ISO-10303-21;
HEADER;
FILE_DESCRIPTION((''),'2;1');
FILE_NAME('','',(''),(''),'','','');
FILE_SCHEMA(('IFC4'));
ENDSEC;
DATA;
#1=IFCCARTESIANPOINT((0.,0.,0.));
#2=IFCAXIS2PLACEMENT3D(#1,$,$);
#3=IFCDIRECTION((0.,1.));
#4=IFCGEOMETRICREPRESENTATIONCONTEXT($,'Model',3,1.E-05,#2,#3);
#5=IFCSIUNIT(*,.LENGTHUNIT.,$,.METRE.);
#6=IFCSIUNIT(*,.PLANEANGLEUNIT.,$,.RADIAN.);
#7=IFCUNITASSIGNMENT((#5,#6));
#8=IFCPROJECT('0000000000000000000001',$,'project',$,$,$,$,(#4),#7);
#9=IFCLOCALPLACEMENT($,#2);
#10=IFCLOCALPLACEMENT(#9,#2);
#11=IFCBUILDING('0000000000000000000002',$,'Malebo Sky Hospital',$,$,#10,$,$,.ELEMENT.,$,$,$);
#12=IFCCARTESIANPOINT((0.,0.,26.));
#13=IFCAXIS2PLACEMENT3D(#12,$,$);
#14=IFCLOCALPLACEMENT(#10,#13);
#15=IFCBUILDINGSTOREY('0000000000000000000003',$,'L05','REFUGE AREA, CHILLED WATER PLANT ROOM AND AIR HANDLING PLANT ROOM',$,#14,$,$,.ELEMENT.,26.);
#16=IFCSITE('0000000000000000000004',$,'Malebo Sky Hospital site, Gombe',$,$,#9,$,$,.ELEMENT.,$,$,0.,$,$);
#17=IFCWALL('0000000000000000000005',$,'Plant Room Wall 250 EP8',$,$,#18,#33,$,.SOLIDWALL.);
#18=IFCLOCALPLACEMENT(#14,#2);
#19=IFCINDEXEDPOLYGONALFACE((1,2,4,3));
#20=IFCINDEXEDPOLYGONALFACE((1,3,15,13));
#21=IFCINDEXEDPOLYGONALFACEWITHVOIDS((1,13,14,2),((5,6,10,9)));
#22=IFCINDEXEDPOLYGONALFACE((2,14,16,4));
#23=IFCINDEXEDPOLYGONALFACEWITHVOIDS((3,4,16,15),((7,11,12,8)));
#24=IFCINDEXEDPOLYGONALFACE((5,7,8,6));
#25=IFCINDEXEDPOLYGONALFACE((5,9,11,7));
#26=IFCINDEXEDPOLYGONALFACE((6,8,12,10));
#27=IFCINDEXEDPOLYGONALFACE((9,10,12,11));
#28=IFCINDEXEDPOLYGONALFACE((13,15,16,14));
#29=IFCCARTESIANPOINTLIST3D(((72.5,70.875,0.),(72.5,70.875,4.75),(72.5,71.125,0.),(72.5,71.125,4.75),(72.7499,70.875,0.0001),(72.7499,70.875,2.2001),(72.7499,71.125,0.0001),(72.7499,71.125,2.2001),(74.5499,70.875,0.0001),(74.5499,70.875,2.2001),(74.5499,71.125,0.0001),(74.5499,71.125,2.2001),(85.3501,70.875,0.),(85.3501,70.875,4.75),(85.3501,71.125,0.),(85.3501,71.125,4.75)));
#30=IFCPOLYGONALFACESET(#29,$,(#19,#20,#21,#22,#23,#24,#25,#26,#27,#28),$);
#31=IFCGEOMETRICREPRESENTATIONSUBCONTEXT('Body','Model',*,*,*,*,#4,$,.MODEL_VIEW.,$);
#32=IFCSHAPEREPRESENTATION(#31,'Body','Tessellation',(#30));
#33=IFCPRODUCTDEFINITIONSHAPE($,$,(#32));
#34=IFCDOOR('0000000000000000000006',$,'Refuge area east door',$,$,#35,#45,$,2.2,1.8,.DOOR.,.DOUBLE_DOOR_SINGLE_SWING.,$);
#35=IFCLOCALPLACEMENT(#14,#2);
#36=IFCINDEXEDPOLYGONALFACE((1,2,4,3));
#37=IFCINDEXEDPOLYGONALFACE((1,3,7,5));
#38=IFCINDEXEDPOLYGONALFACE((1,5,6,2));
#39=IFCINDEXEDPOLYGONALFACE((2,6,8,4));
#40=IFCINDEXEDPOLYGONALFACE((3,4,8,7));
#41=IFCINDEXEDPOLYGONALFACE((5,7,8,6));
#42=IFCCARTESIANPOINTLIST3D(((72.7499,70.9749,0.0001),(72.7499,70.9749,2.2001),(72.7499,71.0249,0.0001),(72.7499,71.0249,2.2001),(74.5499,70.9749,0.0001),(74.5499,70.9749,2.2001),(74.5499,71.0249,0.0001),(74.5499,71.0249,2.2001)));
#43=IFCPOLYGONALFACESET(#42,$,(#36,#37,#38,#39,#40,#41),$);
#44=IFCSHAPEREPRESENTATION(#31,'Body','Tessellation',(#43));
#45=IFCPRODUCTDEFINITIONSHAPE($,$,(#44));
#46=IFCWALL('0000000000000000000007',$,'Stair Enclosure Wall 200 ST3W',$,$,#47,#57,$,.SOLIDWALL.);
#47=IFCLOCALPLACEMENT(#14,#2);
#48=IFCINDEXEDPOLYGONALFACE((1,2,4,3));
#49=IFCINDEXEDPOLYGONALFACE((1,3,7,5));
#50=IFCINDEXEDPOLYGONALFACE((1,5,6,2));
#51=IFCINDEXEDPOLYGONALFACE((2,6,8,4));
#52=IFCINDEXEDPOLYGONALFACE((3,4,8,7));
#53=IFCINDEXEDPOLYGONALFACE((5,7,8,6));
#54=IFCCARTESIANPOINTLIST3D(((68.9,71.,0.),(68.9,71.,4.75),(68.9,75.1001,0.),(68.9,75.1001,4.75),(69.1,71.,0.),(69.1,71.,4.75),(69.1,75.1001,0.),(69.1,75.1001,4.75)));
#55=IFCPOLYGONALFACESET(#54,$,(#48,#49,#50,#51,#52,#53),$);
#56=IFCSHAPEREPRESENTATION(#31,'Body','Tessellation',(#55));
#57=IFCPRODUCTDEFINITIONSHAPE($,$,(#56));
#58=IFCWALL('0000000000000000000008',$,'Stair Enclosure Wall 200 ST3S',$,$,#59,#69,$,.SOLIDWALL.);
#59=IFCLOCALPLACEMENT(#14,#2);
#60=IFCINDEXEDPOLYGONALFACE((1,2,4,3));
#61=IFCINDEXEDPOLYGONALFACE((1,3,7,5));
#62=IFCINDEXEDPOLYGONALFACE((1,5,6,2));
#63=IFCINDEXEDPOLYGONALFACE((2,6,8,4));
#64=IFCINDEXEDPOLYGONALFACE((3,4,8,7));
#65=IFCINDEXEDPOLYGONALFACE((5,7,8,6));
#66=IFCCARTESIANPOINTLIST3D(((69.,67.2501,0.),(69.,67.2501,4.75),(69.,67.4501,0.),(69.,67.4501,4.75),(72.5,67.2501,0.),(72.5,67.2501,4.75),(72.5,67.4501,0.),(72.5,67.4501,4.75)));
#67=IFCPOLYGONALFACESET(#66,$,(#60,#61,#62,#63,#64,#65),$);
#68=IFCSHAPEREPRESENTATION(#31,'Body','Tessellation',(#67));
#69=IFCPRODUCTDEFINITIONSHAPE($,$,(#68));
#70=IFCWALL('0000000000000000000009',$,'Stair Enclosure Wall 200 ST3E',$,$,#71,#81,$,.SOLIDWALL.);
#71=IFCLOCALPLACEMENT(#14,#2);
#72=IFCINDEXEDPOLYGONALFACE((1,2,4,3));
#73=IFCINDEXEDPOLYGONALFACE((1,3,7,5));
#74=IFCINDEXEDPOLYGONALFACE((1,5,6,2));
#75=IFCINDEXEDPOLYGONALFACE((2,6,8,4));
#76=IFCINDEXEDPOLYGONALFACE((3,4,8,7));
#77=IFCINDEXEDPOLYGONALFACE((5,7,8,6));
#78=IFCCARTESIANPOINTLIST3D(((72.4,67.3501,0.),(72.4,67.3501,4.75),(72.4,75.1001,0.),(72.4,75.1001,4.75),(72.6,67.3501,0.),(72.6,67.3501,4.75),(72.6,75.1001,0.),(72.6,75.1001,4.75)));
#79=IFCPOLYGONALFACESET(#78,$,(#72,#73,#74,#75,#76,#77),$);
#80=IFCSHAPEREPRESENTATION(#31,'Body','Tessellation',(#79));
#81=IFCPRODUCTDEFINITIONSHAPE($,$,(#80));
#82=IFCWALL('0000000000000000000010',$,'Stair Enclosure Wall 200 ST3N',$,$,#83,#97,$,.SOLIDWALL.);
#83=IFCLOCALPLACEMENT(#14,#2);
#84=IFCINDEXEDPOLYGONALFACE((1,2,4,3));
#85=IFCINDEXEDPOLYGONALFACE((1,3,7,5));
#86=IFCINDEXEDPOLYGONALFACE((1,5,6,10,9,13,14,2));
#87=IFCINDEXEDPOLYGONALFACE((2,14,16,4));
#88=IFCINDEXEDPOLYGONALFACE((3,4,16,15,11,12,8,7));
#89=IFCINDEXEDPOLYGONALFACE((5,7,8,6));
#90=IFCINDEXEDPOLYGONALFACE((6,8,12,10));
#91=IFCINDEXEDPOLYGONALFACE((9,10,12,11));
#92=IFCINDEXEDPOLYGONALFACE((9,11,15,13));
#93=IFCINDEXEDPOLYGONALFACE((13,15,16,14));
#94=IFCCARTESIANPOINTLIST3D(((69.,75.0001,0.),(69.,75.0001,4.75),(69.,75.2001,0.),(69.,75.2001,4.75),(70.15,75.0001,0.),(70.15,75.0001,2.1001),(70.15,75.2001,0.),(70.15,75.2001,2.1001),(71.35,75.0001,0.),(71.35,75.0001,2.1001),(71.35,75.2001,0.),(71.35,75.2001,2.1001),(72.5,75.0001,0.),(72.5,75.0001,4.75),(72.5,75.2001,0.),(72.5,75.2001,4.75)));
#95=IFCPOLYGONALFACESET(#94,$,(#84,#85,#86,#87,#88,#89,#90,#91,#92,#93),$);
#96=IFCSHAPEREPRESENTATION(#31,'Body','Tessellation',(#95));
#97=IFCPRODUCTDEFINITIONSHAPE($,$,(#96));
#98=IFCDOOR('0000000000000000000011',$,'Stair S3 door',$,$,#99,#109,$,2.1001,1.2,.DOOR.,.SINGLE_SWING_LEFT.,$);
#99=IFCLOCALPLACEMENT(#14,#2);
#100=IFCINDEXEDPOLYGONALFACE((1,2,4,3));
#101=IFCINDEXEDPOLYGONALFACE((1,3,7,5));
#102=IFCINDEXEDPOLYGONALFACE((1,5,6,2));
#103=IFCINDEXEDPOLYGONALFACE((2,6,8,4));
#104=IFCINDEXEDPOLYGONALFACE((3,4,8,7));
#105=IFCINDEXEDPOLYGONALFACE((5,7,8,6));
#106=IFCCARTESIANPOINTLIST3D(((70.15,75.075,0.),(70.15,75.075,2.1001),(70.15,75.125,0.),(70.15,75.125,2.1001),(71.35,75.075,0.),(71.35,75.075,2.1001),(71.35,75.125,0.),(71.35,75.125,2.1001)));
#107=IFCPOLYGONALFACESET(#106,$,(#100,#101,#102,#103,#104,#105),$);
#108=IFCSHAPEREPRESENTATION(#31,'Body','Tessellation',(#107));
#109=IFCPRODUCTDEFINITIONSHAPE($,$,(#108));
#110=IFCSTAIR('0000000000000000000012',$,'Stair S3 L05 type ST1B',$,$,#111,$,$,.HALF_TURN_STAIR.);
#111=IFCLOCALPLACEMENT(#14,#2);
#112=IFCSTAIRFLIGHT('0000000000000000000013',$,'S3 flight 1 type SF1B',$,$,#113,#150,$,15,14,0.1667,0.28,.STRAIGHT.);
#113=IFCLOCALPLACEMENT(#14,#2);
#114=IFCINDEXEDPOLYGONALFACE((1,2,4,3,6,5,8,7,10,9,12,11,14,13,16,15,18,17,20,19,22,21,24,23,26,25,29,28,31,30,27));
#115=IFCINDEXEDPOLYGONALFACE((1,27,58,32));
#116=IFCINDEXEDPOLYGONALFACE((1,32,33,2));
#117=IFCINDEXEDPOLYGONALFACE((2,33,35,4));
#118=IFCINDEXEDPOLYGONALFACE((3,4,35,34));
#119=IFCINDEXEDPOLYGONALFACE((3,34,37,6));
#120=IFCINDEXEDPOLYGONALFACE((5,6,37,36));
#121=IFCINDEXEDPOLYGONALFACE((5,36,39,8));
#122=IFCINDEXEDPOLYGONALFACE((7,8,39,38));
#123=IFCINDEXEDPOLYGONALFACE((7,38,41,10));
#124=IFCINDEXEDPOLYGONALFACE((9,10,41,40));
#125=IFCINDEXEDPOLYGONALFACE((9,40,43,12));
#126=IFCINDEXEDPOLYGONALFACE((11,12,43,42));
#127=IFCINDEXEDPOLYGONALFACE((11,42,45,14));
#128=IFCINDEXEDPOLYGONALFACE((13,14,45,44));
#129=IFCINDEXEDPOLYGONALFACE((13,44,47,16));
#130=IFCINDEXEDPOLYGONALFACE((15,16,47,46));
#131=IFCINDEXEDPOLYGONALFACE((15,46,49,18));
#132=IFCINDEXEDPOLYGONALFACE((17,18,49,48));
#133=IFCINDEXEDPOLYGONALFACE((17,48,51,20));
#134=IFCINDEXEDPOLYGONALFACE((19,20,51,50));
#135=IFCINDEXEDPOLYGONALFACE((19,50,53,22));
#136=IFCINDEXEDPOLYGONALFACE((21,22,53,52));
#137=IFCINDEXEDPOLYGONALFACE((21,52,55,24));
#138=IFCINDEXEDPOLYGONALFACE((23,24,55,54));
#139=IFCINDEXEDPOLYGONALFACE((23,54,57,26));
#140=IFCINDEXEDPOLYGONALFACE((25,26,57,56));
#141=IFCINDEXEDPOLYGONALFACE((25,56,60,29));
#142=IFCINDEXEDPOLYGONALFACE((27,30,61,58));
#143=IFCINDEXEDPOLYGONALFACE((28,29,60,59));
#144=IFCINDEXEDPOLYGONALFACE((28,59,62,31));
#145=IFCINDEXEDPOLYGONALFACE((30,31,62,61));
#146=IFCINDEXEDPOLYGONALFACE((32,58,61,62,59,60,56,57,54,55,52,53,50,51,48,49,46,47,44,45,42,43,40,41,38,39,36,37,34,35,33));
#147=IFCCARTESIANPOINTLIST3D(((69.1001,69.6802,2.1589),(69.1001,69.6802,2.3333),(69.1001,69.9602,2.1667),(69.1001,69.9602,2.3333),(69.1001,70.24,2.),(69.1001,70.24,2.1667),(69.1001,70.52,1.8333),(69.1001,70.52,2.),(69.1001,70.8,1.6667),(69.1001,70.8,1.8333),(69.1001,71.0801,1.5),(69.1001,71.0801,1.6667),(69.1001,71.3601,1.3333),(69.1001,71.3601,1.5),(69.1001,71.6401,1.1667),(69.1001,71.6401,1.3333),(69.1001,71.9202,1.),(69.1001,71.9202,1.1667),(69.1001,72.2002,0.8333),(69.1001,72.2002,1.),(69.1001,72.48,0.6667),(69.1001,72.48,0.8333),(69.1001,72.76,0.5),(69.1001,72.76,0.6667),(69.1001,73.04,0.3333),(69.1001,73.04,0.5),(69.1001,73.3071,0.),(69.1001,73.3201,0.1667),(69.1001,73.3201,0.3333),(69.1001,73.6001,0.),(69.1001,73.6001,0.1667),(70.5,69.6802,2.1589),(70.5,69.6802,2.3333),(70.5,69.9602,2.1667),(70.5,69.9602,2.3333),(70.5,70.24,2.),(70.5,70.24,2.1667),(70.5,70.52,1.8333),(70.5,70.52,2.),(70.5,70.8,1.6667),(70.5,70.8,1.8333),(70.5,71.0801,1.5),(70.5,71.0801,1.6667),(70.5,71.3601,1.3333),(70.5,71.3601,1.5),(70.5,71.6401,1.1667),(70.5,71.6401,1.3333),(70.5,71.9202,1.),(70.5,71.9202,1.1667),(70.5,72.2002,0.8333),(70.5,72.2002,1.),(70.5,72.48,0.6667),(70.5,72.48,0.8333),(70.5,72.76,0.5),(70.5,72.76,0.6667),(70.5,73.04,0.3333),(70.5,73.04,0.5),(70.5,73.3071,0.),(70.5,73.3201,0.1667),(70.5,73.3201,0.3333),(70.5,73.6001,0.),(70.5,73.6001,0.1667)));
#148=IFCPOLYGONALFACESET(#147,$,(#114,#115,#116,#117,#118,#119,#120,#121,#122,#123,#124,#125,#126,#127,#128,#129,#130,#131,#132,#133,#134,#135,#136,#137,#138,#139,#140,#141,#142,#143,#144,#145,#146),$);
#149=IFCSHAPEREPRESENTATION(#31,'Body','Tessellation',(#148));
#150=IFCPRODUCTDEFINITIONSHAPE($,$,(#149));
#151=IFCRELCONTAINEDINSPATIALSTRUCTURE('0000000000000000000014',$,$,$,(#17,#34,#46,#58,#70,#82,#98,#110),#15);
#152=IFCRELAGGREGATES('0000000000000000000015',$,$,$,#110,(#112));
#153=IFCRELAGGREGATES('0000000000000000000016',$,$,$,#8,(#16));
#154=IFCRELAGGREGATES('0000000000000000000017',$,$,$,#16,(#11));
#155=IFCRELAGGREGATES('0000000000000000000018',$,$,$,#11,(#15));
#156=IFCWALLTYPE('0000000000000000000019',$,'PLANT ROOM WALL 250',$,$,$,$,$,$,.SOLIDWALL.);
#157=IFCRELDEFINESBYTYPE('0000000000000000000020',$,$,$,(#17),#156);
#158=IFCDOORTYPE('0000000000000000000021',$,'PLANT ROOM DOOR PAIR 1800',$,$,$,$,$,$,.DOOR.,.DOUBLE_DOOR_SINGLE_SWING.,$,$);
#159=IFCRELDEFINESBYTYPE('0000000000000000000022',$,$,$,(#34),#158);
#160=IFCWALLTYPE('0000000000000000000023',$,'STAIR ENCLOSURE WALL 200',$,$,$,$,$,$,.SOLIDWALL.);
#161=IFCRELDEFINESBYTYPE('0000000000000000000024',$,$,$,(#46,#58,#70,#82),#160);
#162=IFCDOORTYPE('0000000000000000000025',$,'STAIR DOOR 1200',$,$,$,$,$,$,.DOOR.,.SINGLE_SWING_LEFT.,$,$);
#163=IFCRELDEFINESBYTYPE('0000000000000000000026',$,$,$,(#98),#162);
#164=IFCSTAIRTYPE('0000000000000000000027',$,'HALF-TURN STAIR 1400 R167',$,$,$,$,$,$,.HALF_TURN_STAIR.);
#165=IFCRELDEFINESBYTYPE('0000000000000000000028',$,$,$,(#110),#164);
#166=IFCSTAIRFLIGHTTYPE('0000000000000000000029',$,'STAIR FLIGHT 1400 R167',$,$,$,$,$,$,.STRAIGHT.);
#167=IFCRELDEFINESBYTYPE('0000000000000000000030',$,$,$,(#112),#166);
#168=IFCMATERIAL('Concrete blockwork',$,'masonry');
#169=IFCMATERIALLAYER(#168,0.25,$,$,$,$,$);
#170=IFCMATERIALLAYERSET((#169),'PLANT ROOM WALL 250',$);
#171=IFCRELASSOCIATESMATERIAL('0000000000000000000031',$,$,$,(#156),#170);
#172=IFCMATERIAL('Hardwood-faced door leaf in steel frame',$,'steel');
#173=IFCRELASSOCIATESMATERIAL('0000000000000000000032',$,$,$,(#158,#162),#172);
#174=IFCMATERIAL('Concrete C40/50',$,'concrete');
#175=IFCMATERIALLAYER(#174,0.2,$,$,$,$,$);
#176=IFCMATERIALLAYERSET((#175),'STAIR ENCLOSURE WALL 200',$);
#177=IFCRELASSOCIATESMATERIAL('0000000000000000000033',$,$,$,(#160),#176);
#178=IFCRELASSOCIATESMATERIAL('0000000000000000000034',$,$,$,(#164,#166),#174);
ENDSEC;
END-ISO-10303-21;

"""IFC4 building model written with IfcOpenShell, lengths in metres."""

from ifc_helpers import new_model, si_unit, direction, frame, frame_2d, origin, place, context, subcontext, project, spatial, polyline, rectangle, outline, extrude, material, layer, layer_set, type_object, element, fill, aggregate, save


model = new_model("IFC4")

# Units and contexts
model_context = context("Model", 3, precision=1e-05, world=origin(), true_north=direction((0.0, 1.0)))
body_context = subcontext(model_context, "Body", "Model", "MODEL_VIEW")
ifc_project = project(units=[si_unit("LENGTHUNIT", "METRE"), si_unit("PLANEANGLEUNIT", "RADIAN")], contexts=[model_context])

# Site, building, storey
site_placement = place(None, origin())
site = spatial("IfcSite", under=ifc_project, at=site_placement, Name="Malebo Sky Hospital site, Gombe", CompositionType="ELEMENT", RefElevation=0.0)
building_placement = place(site_placement, origin())
building = spatial("IfcBuilding", under=site, at=building_placement, Name="Malebo Sky Hospital", CompositionType="ELEMENT")
storey_placement = place(building_placement, frame((0.0, 0.0, 26.0)))
storey = spatial("IfcBuildingStorey", under=building, at=storey_placement, Name="L05", Description="REFUGE AREA, CHILLED WATER PLANT ROOM AND AIR HANDLING PLANT ROOM", CompositionType="ELEMENT", Elevation=26.0)

# Wall, opening, door
ifc_material_1 = material(Name="Concrete blockwork", Category="masonry")
ifc_layer_1 = layer(ifc_material_1, 0.25)
ifc_layer_set_1 = layer_set([ifc_layer_1], Name="PLANT ROOM WALL 250")
wall_type_1 = type_object("IfcWallType", Name="PLANT ROOM WALL 250", PredefinedType="SOLIDWALL", material=ifc_layer_set_1)
ifc_material_2 = material(Name="Hardwood-faced door leaf in steel frame", Category="steel")
door_type_1 = type_object("IfcDoorType", Name="PLANT ROOM DOOR PAIR 1800", OperationType="DOUBLE_DOOR_SINGLE_SWING", PredefinedType="DOOR", material=ifc_material_2)
wall_1_placement = place(storey_placement, frame((72.5, 71.0, 0.0), z_axis=(0.0, 0.0, 1.0), x_axis=(1.0, 0.0, 0.0)))
wall_1 = element("IfcWall", 1, at=wall_1_placement, inside=storey, type_object=wall_type_1, Name="Plant Room Wall 250 EP8", PredefinedType="SOLIDWALL", context=body_context, shape_type="SweptSolid", body=[
    extrude(rectangle(XDim=12.8501, YDim=0.25, at=frame_2d((6.425, 0.0))), origin(), (0.0, 0.0, 1.0), 4.75),
])
opening_1_placement = place(wall_1_placement, frame((0.25, 0.0, 0.0)))
opening_1 = element("IfcOpeningElement", 2, at=opening_1_placement, cuts=wall_1, PredefinedType="OPENING", context=body_context, shape_type="SweptSolid", body=[
    extrude(rectangle(XDim=1.8, YDim=2.2, at=frame_2d((0.8999, 1.1001))), frame((0.0, 0.135, 0.0), z_axis=(0.0, -1.0, 0.0), x_axis=(1.0, 0.0, 0.0)), (0.0, 0.0, 1.0), 0.27),
])
door_1_placement = place(opening_1_placement, origin())
door_1 = element("IfcDoor", 3, at=door_1_placement, inside=storey, type_object=door_type_1, Name="Refuge area east door", OperationType="DOUBLE_DOOR_SINGLE_SWING", OverallHeight=2.2, OverallWidth=1.8, PredefinedType="DOOR", context=body_context, shape_type="SweptSolid", body=[
    extrude(rectangle(XDim=1.8, YDim=2.2, at=frame_2d((0.8999, 1.1001))), frame((0.0, 0.0249, 0.0), z_axis=(0.0, -1.0, 0.0), x_axis=(1.0, 0.0, 0.0)), (0.0, 0.0, 1.0), 0.05),
])
fill(opening_1, door_1)

# Walls
ifc_material_3 = material(Name="Concrete C40/50", Category="concrete")
ifc_layer_2 = layer(ifc_material_3, 0.2)
ifc_layer_set_2 = layer_set([ifc_layer_2], Name="STAIR ENCLOSURE WALL 200")
wall_type_2 = type_object("IfcWallType", Name="STAIR ENCLOSURE WALL 200", PredefinedType="SOLIDWALL", material=ifc_layer_set_2)
wall_2_placement = place(storey_placement, frame((69.0, 71.0, 0.0), z_axis=(0.0, 0.0, 1.0), x_axis=(0.0, 1.0, 0.0)))
element("IfcWall", 4, at=wall_2_placement, inside=storey, type_object=wall_type_2, Name="Stair Enclosure Wall 200 ST3W", PredefinedType="SOLIDWALL", context=body_context, shape_type="SweptSolid", body=[
    extrude(rectangle(XDim=4.1001, YDim=0.2, at=frame_2d((2.05, 0.0))), origin(), (0.0, 0.0, 1.0), 4.75),
])
wall_3_placement = place(storey_placement, frame((69.0, 67.3501, 0.0), z_axis=(0.0, 0.0, 1.0), x_axis=(1.0, 0.0, 0.0)))
element("IfcWall", 5, at=wall_3_placement, inside=storey, type_object=wall_type_2, Name="Stair Enclosure Wall 200 ST3S", PredefinedType="SOLIDWALL", context=body_context, shape_type="SweptSolid", body=[
    extrude(rectangle(XDim=3.5, YDim=0.2, at=frame_2d((1.75, 0.0))), origin(), (0.0, 0.0, 1.0), 4.75),
])
wall_4_placement = place(storey_placement, frame((72.5, 67.3501, 0.0), z_axis=(0.0, 0.0, 1.0), x_axis=(0.0, 1.0, 0.0)))
element("IfcWall", 6, at=wall_4_placement, inside=storey, type_object=wall_type_2, Name="Stair Enclosure Wall 200 ST3E", PredefinedType="SOLIDWALL", context=body_context, shape_type="SweptSolid", body=[
    extrude(rectangle(XDim=7.75, YDim=0.2, at=frame_2d((3.875, 0.0))), origin(), (0.0, 0.0, 1.0), 4.75),
])

# Wall, opening, door
wall_5_placement = place(storey_placement, frame((69.0, 75.1001, 0.0), z_axis=(0.0, 0.0, 1.0), x_axis=(1.0, 0.0, 0.0)))
wall_5 = element("IfcWall", 7, at=wall_5_placement, inside=storey, type_object=wall_type_2, Name="Stair Enclosure Wall 200 ST3N", PredefinedType="SOLIDWALL", context=body_context, shape_type="SweptSolid", body=[
    extrude(rectangle(XDim=3.5, YDim=0.2, at=frame_2d((1.75, 0.0))), origin(), (0.0, 0.0, 1.0), 4.75),
])
opening_2_placement = place(wall_5_placement, frame((1.1499, 0.0, 0.0)))
opening_2 = element("IfcOpeningElement", 8, at=opening_2_placement, cuts=wall_5, PredefinedType="OPENING", context=body_context, shape_type="SweptSolid", body=[
    extrude(rectangle(XDim=1.2, YDim=2.1001, at=frame_2d((0.6001, 1.05))), frame((0.0, 0.1099, 0.0), z_axis=(0.0, -1.0, 0.0), x_axis=(1.0, 0.0, 0.0)), (0.0, 0.0, 1.0), 0.22),
])
door_type_2 = type_object("IfcDoorType", Name="STAIR DOOR 1200", OperationType="SINGLE_SWING_LEFT", PredefinedType="DOOR", material=ifc_material_2)
door_2_placement = place(opening_2_placement, origin())
door_2 = element("IfcDoor", 9, at=door_2_placement, inside=storey, type_object=door_type_2, Name="Stair S3 door", OperationType="SINGLE_SWING_LEFT", OverallHeight=2.1001, OverallWidth=1.2, PredefinedType="DOOR", context=body_context, shape_type="SweptSolid", body=[
    extrude(rectangle(XDim=1.2, YDim=2.1001, at=frame_2d((0.6001, 1.05))), frame((0.0, 0.0249, 0.0), z_axis=(0.0, -1.0, 0.0), x_axis=(1.0, 0.0, 0.0)), (0.0, 0.0, 1.0), 0.05),
])
fill(opening_2, door_2)

# Stair, stair flight
stair_type = type_object("IfcStairType", Name="HALF-TURN STAIR 1400 R167", PredefinedType="HALF_TURN_STAIR", material=ifc_material_3)
stair_placement = place(storey_placement, origin())
stair = element("IfcStair", 10, at=stair_placement, inside=storey, type_object=stair_type, Name="Stair S3 L05 type ST1B", PredefinedType="HALF_TURN_STAIR")
stair_flight_type = type_object("IfcStairFlightType", Name="STAIR FLIGHT 1400 R167", PredefinedType="STRAIGHT", material=ifc_material_3)
stair_flight_1_placement = place(storey_placement, frame((69.8, 73.6001, 0.0), z_axis=(0.0, 0.0, 1.0), x_axis=(0.0, -1.0, 0.0)))
stair_flight_1 = element("IfcStairFlight", 11, at=stair_flight_1_placement, type_object=stair_flight_type, Name="S3 flight 1 type SF1B", NumberOfRisers=15, NumberOfTreads=14, PredefinedType="STRAIGHT", RiserHeight=0.1667, TreadLength=0.28, context=body_context, shape_type="SweptSolid", body=[
    extrude(outline(polyline([(0.0, 0.0), (0.0, 0.1667), (0.28, 0.1667), (0.28, 0.3333), (0.5601, 0.3333), (0.5601, 0.5), (0.8401, 0.5), (0.8401, 0.6667), (1.1201, 0.6667), (1.1201, 0.8333), (1.3999, 0.8333), (1.3999, 1.0), (1.6799, 1.0), (1.6799, 1.1667), (1.96, 1.1667), (1.96, 1.3333), (2.24, 1.3333), (2.24, 1.5), (2.52, 1.5), (2.52, 1.6667), (2.8, 1.6667), (2.8, 1.8333), (3.0801, 1.8333), (3.0801, 2.0), (3.3601, 2.0), (3.3601, 2.1667), (3.6399, 2.1667), (3.6399, 2.3333), (3.9199, 2.3333), (3.9199, 2.5), (3.9199, 2.1589), (0.293, 0.0), (0.0, 0.0)])), frame((0.0, 0.7, 0.0), z_axis=(0.0, -1.0, 0.0), x_axis=(1.0, 0.0, 0.0)), (0.0, 0.0, 1.0), 1.3999),
])
aggregate(stair, [stair_flight_1])

save(model, "model.ifc")
